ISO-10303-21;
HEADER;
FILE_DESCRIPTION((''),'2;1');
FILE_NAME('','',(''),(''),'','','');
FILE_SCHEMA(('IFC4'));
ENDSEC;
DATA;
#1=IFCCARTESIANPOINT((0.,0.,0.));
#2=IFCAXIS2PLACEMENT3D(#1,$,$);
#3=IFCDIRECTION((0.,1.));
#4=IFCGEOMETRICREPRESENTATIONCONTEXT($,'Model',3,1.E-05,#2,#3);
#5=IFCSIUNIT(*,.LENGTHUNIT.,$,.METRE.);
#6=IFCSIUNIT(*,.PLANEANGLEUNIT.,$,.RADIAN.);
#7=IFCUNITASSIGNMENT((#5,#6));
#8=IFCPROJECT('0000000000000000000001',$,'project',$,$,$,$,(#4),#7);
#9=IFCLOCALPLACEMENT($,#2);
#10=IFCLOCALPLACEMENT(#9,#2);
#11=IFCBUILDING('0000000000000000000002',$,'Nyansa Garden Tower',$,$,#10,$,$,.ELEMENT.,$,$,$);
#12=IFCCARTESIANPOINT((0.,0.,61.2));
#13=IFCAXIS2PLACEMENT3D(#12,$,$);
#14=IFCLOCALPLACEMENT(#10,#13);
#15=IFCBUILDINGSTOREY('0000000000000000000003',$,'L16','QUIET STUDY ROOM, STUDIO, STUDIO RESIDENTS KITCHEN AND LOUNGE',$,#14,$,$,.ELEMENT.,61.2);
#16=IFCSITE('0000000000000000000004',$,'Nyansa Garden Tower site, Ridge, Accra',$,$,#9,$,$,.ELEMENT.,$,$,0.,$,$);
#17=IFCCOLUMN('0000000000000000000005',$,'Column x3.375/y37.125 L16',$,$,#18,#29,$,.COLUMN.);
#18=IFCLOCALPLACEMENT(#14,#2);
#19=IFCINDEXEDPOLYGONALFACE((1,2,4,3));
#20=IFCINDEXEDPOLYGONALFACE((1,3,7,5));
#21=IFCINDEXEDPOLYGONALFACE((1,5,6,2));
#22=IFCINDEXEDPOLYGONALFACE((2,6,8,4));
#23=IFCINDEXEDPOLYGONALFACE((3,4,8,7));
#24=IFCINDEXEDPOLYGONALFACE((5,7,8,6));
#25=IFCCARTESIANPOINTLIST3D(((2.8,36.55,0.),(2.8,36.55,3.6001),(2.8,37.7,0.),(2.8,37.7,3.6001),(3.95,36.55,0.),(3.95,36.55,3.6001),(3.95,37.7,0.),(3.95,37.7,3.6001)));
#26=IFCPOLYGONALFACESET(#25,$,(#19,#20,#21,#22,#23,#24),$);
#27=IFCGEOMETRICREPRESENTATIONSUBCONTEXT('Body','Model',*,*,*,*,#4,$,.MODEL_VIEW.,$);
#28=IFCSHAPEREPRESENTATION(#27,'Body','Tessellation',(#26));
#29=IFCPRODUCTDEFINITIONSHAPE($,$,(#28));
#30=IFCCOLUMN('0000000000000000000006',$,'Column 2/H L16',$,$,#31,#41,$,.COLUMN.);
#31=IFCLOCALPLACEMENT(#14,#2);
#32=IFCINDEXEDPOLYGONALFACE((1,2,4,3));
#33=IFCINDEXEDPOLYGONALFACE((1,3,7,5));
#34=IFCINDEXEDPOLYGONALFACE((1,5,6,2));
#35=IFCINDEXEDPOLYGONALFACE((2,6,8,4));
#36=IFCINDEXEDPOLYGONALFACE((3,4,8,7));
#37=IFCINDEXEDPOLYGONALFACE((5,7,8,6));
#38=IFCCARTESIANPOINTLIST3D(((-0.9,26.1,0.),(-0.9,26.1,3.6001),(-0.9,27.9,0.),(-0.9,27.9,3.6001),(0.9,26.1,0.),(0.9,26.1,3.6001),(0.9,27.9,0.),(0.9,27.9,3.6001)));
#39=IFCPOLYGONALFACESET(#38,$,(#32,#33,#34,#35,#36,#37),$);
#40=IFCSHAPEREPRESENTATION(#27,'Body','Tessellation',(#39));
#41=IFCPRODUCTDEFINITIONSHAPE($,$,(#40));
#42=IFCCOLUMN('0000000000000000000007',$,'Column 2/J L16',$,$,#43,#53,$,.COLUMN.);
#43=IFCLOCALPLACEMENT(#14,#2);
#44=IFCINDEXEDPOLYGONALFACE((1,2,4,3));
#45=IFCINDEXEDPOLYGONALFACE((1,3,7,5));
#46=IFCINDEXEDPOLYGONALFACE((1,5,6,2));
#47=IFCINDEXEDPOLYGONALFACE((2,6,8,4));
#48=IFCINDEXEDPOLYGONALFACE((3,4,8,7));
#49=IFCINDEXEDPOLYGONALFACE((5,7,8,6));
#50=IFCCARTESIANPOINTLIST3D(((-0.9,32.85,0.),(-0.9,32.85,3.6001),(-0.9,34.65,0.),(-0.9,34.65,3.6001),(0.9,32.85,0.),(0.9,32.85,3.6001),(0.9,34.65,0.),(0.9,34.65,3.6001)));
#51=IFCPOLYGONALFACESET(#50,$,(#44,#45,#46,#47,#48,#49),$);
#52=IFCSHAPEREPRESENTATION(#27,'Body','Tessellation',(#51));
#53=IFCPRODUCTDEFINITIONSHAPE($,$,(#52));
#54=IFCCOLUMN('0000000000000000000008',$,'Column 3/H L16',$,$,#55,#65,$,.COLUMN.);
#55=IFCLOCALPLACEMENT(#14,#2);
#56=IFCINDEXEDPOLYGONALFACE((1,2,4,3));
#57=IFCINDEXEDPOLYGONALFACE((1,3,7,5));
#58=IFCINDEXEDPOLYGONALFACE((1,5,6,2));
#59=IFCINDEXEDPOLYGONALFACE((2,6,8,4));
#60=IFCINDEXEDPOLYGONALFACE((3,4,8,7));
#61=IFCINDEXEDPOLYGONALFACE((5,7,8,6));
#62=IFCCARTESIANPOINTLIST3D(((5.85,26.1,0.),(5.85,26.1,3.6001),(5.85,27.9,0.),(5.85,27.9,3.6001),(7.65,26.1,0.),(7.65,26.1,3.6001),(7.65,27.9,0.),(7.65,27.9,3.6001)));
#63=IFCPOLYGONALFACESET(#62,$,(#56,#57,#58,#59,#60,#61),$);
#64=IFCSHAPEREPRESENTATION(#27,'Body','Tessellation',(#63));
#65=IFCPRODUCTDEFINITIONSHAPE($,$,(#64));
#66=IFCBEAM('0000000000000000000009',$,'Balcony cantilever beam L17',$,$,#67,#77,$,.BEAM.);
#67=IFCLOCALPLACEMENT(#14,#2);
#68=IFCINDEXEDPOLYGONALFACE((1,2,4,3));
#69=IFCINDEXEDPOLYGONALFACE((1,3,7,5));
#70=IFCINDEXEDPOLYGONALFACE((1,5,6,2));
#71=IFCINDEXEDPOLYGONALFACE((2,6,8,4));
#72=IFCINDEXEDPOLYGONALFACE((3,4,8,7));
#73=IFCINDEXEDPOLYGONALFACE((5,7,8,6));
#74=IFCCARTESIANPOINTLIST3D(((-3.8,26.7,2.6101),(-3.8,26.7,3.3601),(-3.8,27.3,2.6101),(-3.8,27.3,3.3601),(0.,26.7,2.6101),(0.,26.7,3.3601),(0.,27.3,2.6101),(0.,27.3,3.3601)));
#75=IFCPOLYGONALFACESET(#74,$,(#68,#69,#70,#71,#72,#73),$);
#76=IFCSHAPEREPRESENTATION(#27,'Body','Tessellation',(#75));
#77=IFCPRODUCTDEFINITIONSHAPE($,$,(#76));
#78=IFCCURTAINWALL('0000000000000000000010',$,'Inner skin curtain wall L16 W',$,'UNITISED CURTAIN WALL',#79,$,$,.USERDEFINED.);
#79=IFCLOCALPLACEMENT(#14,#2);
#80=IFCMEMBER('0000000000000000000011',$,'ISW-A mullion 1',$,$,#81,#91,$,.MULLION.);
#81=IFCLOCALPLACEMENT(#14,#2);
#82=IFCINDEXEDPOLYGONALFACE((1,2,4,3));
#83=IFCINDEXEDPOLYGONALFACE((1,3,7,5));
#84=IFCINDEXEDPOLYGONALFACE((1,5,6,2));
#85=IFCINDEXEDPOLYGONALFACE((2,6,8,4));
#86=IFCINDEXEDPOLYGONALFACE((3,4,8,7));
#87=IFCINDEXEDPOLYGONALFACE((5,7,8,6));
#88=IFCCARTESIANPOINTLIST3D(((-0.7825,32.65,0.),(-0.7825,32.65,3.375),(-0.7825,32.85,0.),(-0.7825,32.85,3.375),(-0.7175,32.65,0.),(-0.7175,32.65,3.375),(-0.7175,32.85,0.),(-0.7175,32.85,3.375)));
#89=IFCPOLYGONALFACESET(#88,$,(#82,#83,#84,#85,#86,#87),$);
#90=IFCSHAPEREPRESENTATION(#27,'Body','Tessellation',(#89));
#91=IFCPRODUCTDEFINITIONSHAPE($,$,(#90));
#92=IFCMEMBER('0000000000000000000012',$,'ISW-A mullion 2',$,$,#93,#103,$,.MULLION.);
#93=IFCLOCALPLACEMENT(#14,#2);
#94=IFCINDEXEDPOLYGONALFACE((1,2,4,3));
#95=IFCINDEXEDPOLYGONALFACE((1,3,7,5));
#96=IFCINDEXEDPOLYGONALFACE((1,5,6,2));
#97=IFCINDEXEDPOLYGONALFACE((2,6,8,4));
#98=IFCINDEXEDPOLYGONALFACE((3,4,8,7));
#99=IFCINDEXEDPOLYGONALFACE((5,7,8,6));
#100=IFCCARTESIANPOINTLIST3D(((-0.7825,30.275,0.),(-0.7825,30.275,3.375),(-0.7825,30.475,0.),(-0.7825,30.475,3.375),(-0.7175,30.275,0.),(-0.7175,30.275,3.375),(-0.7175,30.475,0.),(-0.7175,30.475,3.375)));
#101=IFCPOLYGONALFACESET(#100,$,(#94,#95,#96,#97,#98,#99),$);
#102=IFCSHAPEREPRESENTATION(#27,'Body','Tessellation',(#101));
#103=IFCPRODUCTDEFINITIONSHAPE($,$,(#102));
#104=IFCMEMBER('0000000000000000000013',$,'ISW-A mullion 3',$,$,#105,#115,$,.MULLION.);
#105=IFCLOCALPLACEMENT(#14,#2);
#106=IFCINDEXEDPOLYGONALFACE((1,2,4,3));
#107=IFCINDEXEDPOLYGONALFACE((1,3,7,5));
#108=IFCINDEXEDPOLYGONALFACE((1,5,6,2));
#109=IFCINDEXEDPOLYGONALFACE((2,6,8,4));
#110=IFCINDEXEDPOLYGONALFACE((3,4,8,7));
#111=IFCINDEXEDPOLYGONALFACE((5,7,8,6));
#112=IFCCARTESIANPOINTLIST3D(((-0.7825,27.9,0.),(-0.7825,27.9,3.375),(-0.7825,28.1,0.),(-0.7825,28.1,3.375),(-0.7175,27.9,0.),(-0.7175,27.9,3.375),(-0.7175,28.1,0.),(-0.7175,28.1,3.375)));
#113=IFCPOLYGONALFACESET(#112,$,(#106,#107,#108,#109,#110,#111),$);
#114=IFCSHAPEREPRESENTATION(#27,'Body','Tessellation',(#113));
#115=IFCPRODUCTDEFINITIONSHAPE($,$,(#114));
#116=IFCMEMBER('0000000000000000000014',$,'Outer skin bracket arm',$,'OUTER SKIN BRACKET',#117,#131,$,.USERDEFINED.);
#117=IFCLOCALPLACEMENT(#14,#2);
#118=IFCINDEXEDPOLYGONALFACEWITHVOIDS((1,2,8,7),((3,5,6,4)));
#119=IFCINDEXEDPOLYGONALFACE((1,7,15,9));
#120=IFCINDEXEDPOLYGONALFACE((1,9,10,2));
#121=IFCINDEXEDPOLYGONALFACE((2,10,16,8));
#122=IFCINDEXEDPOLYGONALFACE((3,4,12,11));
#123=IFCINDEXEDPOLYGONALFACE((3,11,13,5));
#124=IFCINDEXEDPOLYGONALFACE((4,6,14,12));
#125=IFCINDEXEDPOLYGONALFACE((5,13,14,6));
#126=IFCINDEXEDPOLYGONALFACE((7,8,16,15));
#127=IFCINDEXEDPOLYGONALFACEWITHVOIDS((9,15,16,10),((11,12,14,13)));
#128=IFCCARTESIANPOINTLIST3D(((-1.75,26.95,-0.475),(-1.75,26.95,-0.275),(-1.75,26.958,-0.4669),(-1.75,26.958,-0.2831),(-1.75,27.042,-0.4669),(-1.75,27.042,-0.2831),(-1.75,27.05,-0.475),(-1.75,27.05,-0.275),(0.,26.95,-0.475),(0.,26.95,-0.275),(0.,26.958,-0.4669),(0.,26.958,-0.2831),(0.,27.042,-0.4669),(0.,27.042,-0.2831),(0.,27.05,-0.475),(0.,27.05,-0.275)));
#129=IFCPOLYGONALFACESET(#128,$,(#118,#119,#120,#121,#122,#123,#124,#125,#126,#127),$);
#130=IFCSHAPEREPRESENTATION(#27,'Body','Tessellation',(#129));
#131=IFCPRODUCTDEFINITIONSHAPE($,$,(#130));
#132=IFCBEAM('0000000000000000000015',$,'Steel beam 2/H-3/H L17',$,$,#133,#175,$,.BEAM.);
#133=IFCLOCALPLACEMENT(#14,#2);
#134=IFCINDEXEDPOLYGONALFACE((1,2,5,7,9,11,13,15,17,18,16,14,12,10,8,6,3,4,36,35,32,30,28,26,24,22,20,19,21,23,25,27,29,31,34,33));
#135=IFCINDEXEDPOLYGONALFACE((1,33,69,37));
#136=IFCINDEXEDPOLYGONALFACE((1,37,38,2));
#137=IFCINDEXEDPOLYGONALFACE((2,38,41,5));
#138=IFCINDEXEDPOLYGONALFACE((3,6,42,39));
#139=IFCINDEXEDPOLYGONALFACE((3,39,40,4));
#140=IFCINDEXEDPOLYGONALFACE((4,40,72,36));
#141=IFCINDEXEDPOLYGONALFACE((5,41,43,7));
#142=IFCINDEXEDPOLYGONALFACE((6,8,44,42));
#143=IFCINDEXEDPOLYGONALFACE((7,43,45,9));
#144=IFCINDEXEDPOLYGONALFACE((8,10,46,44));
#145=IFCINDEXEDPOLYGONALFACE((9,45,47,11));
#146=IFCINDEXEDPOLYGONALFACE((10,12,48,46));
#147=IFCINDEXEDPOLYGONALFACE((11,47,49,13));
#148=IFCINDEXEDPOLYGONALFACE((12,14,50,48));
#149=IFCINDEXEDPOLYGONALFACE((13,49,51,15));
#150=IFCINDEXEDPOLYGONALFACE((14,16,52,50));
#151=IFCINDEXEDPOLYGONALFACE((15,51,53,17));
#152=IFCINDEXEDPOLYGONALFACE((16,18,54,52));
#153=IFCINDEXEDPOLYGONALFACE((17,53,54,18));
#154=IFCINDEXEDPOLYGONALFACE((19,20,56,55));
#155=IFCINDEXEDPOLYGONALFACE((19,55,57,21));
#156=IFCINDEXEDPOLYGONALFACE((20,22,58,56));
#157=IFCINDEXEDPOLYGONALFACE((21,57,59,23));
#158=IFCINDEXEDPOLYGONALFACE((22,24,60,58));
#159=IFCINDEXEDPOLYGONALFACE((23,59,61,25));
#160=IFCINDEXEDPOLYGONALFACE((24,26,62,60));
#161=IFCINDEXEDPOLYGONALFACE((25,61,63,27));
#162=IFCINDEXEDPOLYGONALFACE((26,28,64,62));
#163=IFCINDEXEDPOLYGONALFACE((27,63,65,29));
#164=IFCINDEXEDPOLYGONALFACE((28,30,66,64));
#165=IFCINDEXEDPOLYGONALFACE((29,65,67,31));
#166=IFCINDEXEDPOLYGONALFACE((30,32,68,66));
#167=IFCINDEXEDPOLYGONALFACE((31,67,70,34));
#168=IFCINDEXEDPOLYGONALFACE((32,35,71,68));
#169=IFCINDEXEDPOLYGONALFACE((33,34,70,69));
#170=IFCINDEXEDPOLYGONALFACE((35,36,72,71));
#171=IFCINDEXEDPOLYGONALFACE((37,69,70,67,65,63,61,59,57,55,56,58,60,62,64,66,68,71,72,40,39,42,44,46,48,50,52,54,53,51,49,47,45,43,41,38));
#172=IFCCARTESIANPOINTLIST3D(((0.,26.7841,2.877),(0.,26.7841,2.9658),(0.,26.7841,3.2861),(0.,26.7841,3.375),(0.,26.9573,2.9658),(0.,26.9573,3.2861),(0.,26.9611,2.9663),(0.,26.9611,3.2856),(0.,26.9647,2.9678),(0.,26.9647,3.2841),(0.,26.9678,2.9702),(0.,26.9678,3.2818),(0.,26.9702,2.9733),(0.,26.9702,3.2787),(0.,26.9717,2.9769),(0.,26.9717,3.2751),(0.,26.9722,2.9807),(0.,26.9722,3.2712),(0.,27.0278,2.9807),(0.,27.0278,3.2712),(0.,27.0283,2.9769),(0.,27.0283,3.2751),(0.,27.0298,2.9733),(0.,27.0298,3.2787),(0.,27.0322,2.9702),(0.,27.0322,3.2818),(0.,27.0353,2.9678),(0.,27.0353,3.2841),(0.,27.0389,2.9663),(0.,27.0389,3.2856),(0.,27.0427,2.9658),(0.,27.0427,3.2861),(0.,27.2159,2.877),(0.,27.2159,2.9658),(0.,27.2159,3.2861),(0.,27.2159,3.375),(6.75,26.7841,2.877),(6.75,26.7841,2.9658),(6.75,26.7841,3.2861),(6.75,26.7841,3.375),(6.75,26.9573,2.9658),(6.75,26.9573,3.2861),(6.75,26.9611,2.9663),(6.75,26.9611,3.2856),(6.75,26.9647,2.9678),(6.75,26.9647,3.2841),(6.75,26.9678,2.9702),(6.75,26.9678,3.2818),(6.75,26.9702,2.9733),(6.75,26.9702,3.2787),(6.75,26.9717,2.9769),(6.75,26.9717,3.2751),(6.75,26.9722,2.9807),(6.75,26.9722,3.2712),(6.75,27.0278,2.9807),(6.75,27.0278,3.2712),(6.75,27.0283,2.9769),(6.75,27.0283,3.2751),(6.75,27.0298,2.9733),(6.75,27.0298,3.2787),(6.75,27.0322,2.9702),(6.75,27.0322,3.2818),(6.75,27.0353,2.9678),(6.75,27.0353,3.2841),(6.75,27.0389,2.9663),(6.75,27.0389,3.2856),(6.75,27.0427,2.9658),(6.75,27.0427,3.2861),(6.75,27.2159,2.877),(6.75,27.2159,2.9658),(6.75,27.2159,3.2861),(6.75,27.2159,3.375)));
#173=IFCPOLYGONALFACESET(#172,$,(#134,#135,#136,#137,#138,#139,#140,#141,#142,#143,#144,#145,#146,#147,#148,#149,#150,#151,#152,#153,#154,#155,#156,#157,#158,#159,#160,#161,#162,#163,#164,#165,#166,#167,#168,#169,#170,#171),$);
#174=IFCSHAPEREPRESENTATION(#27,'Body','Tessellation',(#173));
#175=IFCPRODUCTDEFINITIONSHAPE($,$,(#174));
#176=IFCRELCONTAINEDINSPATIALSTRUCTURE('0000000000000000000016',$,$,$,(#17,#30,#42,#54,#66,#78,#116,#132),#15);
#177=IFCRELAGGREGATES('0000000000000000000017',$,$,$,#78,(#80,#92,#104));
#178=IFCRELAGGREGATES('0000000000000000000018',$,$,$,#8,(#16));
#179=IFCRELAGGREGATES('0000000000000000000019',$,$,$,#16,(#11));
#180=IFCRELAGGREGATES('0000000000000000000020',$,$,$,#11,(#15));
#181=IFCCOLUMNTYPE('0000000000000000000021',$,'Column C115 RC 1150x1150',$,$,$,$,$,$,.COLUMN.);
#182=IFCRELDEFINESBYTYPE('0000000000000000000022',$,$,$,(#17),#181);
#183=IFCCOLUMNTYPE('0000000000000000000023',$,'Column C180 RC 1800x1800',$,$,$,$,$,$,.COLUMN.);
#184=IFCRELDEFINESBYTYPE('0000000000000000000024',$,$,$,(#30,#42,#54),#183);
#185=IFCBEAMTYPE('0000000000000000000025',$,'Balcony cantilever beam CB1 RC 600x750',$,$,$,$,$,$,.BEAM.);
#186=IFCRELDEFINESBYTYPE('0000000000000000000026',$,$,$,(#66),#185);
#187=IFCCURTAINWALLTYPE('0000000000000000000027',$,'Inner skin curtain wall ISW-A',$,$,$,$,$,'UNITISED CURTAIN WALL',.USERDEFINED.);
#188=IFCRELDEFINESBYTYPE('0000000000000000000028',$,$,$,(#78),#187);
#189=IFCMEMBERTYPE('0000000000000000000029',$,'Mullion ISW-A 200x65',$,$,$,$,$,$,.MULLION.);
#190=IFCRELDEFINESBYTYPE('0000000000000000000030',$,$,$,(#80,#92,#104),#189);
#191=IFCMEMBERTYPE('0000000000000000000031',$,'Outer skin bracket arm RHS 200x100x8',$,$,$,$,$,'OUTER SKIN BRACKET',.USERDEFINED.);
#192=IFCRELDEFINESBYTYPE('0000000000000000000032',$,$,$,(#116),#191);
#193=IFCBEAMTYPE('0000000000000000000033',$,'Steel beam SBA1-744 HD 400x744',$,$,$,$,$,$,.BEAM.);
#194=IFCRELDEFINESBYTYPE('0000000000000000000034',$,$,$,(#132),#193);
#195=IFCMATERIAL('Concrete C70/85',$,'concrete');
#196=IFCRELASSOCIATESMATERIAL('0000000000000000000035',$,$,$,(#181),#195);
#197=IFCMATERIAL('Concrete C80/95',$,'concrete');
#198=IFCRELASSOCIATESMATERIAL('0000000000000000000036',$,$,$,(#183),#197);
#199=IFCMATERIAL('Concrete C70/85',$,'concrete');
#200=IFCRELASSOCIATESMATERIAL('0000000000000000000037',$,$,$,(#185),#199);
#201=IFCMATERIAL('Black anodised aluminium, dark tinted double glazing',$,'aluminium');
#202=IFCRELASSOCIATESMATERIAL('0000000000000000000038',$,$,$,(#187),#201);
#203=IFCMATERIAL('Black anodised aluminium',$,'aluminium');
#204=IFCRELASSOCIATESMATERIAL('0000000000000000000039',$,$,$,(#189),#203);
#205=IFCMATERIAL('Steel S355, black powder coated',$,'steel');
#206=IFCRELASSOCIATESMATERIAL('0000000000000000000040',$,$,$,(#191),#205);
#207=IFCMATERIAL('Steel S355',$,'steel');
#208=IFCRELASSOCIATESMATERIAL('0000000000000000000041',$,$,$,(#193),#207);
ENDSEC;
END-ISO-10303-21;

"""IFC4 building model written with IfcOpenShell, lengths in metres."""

from ifc_helpers import new_model, si_unit, direction, frame, origin, origin_2d, place, context, subcontext, project, spatial, rectangle, hollow_rectangle, i_section, extrude, material, material_profile, profile_set, type_object, element, aggregate, save


model = new_model("IFC4")

# Units and contexts
model_context = context("Model", 3, precision=1e-05, world=origin(), true_north=direction((0.0, 1.0)))
body_context = subcontext(model_context, "Body", "Model", "MODEL_VIEW")
ifc_project = project(units=[si_unit("LENGTHUNIT", "METRE"), si_unit("PLANEANGLEUNIT", "RADIAN")], contexts=[model_context])

# Site, building, storey
site_placement = place(None, origin())
site = spatial("IfcSite", under=ifc_project, at=site_placement, Name="Nyansa Garden Tower site, Ridge, Accra", CompositionType="ELEMENT", RefElevation=0.0)
building_placement = place(site_placement, origin())
building = spatial("IfcBuilding", under=site, at=building_placement, Name="Nyansa Garden Tower", CompositionType="ELEMENT")
storey_placement = place(building_placement, frame((0.0, 0.0, 61.2)))
storey = spatial("IfcBuildingStorey", under=building, at=storey_placement, Name="L16", Description="QUIET STUDY ROOM, STUDIO, STUDIO RESIDENTS KITCHEN AND LOUNGE", CompositionType="ELEMENT", Elevation=61.2)

# Columns
ifc_material_1 = material(Name="Concrete C70/85", Category="concrete")
ifc_material_profile_1 = material_profile(ifc_material_1, rectangle(XDim=1.1499, YDim=1.1499, at=origin_2d()), Name="RC 1150x1150")
ifc_profile_set_1 = profile_set([ifc_material_profile_1], Name="Concrete C70/85")
column_type_1 = type_object("IfcColumnType", Name="Column C115 RC 1150x1150", PredefinedType="COLUMN", material=ifc_profile_set_1)
column_placement = place(storey_placement, frame((3.375, 37.125, 0.0), z_axis=(0.0, 0.0, 1.0), x_axis=(1.0, 0.0, 0.0)))
element("IfcColumn", 1, at=column_placement, inside=storey, type_object=column_type_1, Name="Column x3.375/y37.125 L16", PredefinedType="COLUMN", context=body_context, shape_type="SweptSolid", body=[
    extrude(rectangle(XDim=1.1499, YDim=1.1499, at=origin_2d()), origin(), (0.0, 0.0, 1.0), 3.6001),
])
ifc_material_2 = material(Name="Concrete C80/95", Category="concrete")
ifc_material_profile_2 = material_profile(ifc_material_2, rectangle(XDim=1.8, YDim=1.8, at=origin_2d()), Name="RC 1800x1800")
ifc_profile_set_2 = profile_set([ifc_material_profile_2], Name="Concrete C80/95")
column_type_2 = type_object("IfcColumnType", Name="Column C180 RC 1800x1800", PredefinedType="COLUMN", material=ifc_profile_set_2)
for number, where, z_axis, x_axis, name in (
    (2, (0.0, 27.0, 0.0), (0.0, 0.0, 1.0), (1.0, 0.0, 0.0), "Column 2/H L16"),
    (3, (0.0, 33.75, 0.0), (0.0, 0.0, 1.0), (1.0, 0.0, 0.0), "Column 2/J L16"),
    (4, (6.75, 27.0, 0.0), (0.0, 0.0, 1.0), (1.0, 0.0, 0.0), "Column 3/H L16"),
):
    element("IfcColumn", number, at=place(storey_placement, frame(where, z_axis=z_axis, x_axis=x_axis)), inside=storey, type_object=column_type_2, Name=name, PredefinedType="COLUMN", context=body_context, shape_type="SweptSolid", body=[
        extrude(rectangle(XDim=1.8, YDim=1.8, at=origin_2d()), origin(), (0.0, 0.0, 1.0), 3.6001),
    ])

# Beam
ifc_material_3 = material(Name="Concrete C70/85", Category="concrete")
ifc_material_profile_3 = material_profile(ifc_material_3, rectangle(XDim=0.6001, YDim=0.75, at=origin_2d()), Name="RC 600x750")
ifc_profile_set_3 = profile_set([ifc_material_profile_3], Name="Concrete C70/85")
beam_type_1 = type_object("IfcBeamType", Name="Balcony cantilever beam CB1 RC 600x750", PredefinedType="BEAM", material=ifc_profile_set_3)
beam_1_placement = place(storey_placement, frame((0.0, 27.0, 2.9851), z_axis=(-1.0, 0.0, 0.0), x_axis=(0.0, -1.0, 0.0)))
element("IfcBeam", 5, at=beam_1_placement, inside=storey, type_object=beam_type_1, Name="Balcony cantilever beam L17", PredefinedType="BEAM", context=body_context, shape_type="SweptSolid", body=[
    extrude(rectangle(XDim=0.6001, YDim=0.75, at=origin_2d()), origin(), (0.0, 0.0, 1.0), 3.8),
])

# Curtain wall, members
ifc_material_4 = material(Name="Black anodised aluminium, dark tinted double glazing", Category="aluminium")
curtain_wall_type = type_object("IfcCurtainWallType", Name="Inner skin curtain wall ISW-A", ElementType="UNITISED CURTAIN WALL", PredefinedType="USERDEFINED", material=ifc_material_4)
curtain_wall_placement = place(storey_placement, origin())
curtain_wall = element("IfcCurtainWall", 6, at=curtain_wall_placement, inside=storey, type_object=curtain_wall_type, Name="Inner skin curtain wall L16 W", ObjectType="UNITISED CURTAIN WALL", PredefinedType="USERDEFINED")
ifc_material_5 = material(Name="Black anodised aluminium", Category="aluminium")
ifc_material_profile_4 = material_profile(ifc_material_5, rectangle(XDim=0.0649, YDim=0.2, at=origin_2d()), Name="Mullion 200x65")
ifc_profile_set_4 = profile_set([ifc_material_profile_4], Name="Black anodised aluminium")
member_type_1 = type_object("IfcMemberType", Name="Mullion ISW-A 200x65", PredefinedType="MULLION", material=ifc_profile_set_4)
member_1_placement = place(storey_placement, frame((-0.75, 32.75, 0.0), z_axis=(0.0, 0.0, 1.0), x_axis=(1.0, 0.0, 0.0)))
member_1 = element("IfcMember", 7, at=member_1_placement, type_object=member_type_1, Name="ISW-A mullion 1", PredefinedType="MULLION", context=body_context, shape_type="SweptSolid", body=[
    extrude(rectangle(XDim=0.0649, YDim=0.2, at=origin_2d()), origin(), (0.0, 0.0, 1.0), 3.375),
])
member_2_placement = place(storey_placement, frame((-0.75, 30.375, 0.0), z_axis=(0.0, 0.0, 1.0), x_axis=(1.0, 0.0, 0.0)))
member_2 = element("IfcMember", 8, at=member_2_placement, type_object=member_type_1, Name="ISW-A mullion 2", PredefinedType="MULLION", context=body_context, shape_type="SweptSolid", body=[
    extrude(rectangle(XDim=0.0649, YDim=0.2, at=origin_2d()), origin(), (0.0, 0.0, 1.0), 3.375),
])
member_3_placement = place(storey_placement, frame((-0.75, 28.0, 0.0), z_axis=(0.0, 0.0, 1.0), x_axis=(1.0, 0.0, 0.0)))
member_3 = element("IfcMember", 9, at=member_3_placement, type_object=member_type_1, Name="ISW-A mullion 3", PredefinedType="MULLION", context=body_context, shape_type="SweptSolid", body=[
    extrude(rectangle(XDim=0.0649, YDim=0.2, at=origin_2d()), origin(), (0.0, 0.0, 1.0), 3.375),
])

# Member
ifc_material_6 = material(Name="Steel S355, black powder coated", Category="steel")
ifc_material_profile_5 = material_profile(ifc_material_6, hollow_rectangle(XDim=0.1001, YDim=0.2, WallThickness=0.0081, at=origin_2d()), Name="RHS 200x100x8")
ifc_profile_set_5 = profile_set([ifc_material_profile_5], Name="Steel S355, black powder coated")
member_type_2 = type_object("IfcMemberType", Name="Outer skin bracket arm RHS 200x100x8", ElementType="OUTER SKIN BRACKET", PredefinedType="USERDEFINED", material=ifc_profile_set_5)
member_4_placement = place(storey_placement, frame((0.0, 27.0, -0.375), z_axis=(-1.0, 0.0, 0.0), x_axis=(0.0, -1.0, 0.0)))
element("IfcMember", 10, at=member_4_placement, inside=storey, type_object=member_type_2, Name="Outer skin bracket arm", ObjectType="OUTER SKIN BRACKET", PredefinedType="USERDEFINED", context=body_context, shape_type="SweptSolid", body=[
    extrude(hollow_rectangle(XDim=0.1001, YDim=0.2, WallThickness=0.0081, at=origin_2d()), origin(), (0.0, 0.0, 1.0), 1.75),
])

# Beam
ifc_material_7 = material(Name="Steel S355", Category="steel")
ifc_material_profile_6 = material_profile(ifc_material_7, i_section(OverallWidth=0.4319, OverallDepth=0.498, WebThickness=0.0557, FlangeThickness=0.0889, FilletRadius=0.0149, at=origin_2d()), Name="HD 400x744")
ifc_profile_set_6 = profile_set([ifc_material_profile_6], Name="Steel S355")
beam_type_2 = type_object("IfcBeamType", Name="Steel beam SBA1-744 HD 400x744", PredefinedType="BEAM", material=ifc_profile_set_6)
for number, where, z_axis, x_axis, name in (
    (11, (0.0, 27.0, 3.126), (1.0, 0.0, 0.0), (0.0, 1.0, 0.0), "Steel beam 2/H-3/H L17"),
):
    element("IfcBeam", number, at=place(storey_placement, frame(where, z_axis=z_axis, x_axis=x_axis)), inside=storey, type_object=beam_type_2, Name=name, PredefinedType="BEAM", context=body_context, shape_type="SweptSolid", body=[
        extrude(i_section(OverallWidth=0.4319, OverallDepth=0.498, WebThickness=0.0557, FlangeThickness=0.0889, FilletRadius=0.0149, at=origin_2d()), origin(), (0.0, 0.0, 1.0), 6.75),
    ])

aggregate(curtain_wall, [member_1, member_2, member_3])

save(model, "model.ifc")
